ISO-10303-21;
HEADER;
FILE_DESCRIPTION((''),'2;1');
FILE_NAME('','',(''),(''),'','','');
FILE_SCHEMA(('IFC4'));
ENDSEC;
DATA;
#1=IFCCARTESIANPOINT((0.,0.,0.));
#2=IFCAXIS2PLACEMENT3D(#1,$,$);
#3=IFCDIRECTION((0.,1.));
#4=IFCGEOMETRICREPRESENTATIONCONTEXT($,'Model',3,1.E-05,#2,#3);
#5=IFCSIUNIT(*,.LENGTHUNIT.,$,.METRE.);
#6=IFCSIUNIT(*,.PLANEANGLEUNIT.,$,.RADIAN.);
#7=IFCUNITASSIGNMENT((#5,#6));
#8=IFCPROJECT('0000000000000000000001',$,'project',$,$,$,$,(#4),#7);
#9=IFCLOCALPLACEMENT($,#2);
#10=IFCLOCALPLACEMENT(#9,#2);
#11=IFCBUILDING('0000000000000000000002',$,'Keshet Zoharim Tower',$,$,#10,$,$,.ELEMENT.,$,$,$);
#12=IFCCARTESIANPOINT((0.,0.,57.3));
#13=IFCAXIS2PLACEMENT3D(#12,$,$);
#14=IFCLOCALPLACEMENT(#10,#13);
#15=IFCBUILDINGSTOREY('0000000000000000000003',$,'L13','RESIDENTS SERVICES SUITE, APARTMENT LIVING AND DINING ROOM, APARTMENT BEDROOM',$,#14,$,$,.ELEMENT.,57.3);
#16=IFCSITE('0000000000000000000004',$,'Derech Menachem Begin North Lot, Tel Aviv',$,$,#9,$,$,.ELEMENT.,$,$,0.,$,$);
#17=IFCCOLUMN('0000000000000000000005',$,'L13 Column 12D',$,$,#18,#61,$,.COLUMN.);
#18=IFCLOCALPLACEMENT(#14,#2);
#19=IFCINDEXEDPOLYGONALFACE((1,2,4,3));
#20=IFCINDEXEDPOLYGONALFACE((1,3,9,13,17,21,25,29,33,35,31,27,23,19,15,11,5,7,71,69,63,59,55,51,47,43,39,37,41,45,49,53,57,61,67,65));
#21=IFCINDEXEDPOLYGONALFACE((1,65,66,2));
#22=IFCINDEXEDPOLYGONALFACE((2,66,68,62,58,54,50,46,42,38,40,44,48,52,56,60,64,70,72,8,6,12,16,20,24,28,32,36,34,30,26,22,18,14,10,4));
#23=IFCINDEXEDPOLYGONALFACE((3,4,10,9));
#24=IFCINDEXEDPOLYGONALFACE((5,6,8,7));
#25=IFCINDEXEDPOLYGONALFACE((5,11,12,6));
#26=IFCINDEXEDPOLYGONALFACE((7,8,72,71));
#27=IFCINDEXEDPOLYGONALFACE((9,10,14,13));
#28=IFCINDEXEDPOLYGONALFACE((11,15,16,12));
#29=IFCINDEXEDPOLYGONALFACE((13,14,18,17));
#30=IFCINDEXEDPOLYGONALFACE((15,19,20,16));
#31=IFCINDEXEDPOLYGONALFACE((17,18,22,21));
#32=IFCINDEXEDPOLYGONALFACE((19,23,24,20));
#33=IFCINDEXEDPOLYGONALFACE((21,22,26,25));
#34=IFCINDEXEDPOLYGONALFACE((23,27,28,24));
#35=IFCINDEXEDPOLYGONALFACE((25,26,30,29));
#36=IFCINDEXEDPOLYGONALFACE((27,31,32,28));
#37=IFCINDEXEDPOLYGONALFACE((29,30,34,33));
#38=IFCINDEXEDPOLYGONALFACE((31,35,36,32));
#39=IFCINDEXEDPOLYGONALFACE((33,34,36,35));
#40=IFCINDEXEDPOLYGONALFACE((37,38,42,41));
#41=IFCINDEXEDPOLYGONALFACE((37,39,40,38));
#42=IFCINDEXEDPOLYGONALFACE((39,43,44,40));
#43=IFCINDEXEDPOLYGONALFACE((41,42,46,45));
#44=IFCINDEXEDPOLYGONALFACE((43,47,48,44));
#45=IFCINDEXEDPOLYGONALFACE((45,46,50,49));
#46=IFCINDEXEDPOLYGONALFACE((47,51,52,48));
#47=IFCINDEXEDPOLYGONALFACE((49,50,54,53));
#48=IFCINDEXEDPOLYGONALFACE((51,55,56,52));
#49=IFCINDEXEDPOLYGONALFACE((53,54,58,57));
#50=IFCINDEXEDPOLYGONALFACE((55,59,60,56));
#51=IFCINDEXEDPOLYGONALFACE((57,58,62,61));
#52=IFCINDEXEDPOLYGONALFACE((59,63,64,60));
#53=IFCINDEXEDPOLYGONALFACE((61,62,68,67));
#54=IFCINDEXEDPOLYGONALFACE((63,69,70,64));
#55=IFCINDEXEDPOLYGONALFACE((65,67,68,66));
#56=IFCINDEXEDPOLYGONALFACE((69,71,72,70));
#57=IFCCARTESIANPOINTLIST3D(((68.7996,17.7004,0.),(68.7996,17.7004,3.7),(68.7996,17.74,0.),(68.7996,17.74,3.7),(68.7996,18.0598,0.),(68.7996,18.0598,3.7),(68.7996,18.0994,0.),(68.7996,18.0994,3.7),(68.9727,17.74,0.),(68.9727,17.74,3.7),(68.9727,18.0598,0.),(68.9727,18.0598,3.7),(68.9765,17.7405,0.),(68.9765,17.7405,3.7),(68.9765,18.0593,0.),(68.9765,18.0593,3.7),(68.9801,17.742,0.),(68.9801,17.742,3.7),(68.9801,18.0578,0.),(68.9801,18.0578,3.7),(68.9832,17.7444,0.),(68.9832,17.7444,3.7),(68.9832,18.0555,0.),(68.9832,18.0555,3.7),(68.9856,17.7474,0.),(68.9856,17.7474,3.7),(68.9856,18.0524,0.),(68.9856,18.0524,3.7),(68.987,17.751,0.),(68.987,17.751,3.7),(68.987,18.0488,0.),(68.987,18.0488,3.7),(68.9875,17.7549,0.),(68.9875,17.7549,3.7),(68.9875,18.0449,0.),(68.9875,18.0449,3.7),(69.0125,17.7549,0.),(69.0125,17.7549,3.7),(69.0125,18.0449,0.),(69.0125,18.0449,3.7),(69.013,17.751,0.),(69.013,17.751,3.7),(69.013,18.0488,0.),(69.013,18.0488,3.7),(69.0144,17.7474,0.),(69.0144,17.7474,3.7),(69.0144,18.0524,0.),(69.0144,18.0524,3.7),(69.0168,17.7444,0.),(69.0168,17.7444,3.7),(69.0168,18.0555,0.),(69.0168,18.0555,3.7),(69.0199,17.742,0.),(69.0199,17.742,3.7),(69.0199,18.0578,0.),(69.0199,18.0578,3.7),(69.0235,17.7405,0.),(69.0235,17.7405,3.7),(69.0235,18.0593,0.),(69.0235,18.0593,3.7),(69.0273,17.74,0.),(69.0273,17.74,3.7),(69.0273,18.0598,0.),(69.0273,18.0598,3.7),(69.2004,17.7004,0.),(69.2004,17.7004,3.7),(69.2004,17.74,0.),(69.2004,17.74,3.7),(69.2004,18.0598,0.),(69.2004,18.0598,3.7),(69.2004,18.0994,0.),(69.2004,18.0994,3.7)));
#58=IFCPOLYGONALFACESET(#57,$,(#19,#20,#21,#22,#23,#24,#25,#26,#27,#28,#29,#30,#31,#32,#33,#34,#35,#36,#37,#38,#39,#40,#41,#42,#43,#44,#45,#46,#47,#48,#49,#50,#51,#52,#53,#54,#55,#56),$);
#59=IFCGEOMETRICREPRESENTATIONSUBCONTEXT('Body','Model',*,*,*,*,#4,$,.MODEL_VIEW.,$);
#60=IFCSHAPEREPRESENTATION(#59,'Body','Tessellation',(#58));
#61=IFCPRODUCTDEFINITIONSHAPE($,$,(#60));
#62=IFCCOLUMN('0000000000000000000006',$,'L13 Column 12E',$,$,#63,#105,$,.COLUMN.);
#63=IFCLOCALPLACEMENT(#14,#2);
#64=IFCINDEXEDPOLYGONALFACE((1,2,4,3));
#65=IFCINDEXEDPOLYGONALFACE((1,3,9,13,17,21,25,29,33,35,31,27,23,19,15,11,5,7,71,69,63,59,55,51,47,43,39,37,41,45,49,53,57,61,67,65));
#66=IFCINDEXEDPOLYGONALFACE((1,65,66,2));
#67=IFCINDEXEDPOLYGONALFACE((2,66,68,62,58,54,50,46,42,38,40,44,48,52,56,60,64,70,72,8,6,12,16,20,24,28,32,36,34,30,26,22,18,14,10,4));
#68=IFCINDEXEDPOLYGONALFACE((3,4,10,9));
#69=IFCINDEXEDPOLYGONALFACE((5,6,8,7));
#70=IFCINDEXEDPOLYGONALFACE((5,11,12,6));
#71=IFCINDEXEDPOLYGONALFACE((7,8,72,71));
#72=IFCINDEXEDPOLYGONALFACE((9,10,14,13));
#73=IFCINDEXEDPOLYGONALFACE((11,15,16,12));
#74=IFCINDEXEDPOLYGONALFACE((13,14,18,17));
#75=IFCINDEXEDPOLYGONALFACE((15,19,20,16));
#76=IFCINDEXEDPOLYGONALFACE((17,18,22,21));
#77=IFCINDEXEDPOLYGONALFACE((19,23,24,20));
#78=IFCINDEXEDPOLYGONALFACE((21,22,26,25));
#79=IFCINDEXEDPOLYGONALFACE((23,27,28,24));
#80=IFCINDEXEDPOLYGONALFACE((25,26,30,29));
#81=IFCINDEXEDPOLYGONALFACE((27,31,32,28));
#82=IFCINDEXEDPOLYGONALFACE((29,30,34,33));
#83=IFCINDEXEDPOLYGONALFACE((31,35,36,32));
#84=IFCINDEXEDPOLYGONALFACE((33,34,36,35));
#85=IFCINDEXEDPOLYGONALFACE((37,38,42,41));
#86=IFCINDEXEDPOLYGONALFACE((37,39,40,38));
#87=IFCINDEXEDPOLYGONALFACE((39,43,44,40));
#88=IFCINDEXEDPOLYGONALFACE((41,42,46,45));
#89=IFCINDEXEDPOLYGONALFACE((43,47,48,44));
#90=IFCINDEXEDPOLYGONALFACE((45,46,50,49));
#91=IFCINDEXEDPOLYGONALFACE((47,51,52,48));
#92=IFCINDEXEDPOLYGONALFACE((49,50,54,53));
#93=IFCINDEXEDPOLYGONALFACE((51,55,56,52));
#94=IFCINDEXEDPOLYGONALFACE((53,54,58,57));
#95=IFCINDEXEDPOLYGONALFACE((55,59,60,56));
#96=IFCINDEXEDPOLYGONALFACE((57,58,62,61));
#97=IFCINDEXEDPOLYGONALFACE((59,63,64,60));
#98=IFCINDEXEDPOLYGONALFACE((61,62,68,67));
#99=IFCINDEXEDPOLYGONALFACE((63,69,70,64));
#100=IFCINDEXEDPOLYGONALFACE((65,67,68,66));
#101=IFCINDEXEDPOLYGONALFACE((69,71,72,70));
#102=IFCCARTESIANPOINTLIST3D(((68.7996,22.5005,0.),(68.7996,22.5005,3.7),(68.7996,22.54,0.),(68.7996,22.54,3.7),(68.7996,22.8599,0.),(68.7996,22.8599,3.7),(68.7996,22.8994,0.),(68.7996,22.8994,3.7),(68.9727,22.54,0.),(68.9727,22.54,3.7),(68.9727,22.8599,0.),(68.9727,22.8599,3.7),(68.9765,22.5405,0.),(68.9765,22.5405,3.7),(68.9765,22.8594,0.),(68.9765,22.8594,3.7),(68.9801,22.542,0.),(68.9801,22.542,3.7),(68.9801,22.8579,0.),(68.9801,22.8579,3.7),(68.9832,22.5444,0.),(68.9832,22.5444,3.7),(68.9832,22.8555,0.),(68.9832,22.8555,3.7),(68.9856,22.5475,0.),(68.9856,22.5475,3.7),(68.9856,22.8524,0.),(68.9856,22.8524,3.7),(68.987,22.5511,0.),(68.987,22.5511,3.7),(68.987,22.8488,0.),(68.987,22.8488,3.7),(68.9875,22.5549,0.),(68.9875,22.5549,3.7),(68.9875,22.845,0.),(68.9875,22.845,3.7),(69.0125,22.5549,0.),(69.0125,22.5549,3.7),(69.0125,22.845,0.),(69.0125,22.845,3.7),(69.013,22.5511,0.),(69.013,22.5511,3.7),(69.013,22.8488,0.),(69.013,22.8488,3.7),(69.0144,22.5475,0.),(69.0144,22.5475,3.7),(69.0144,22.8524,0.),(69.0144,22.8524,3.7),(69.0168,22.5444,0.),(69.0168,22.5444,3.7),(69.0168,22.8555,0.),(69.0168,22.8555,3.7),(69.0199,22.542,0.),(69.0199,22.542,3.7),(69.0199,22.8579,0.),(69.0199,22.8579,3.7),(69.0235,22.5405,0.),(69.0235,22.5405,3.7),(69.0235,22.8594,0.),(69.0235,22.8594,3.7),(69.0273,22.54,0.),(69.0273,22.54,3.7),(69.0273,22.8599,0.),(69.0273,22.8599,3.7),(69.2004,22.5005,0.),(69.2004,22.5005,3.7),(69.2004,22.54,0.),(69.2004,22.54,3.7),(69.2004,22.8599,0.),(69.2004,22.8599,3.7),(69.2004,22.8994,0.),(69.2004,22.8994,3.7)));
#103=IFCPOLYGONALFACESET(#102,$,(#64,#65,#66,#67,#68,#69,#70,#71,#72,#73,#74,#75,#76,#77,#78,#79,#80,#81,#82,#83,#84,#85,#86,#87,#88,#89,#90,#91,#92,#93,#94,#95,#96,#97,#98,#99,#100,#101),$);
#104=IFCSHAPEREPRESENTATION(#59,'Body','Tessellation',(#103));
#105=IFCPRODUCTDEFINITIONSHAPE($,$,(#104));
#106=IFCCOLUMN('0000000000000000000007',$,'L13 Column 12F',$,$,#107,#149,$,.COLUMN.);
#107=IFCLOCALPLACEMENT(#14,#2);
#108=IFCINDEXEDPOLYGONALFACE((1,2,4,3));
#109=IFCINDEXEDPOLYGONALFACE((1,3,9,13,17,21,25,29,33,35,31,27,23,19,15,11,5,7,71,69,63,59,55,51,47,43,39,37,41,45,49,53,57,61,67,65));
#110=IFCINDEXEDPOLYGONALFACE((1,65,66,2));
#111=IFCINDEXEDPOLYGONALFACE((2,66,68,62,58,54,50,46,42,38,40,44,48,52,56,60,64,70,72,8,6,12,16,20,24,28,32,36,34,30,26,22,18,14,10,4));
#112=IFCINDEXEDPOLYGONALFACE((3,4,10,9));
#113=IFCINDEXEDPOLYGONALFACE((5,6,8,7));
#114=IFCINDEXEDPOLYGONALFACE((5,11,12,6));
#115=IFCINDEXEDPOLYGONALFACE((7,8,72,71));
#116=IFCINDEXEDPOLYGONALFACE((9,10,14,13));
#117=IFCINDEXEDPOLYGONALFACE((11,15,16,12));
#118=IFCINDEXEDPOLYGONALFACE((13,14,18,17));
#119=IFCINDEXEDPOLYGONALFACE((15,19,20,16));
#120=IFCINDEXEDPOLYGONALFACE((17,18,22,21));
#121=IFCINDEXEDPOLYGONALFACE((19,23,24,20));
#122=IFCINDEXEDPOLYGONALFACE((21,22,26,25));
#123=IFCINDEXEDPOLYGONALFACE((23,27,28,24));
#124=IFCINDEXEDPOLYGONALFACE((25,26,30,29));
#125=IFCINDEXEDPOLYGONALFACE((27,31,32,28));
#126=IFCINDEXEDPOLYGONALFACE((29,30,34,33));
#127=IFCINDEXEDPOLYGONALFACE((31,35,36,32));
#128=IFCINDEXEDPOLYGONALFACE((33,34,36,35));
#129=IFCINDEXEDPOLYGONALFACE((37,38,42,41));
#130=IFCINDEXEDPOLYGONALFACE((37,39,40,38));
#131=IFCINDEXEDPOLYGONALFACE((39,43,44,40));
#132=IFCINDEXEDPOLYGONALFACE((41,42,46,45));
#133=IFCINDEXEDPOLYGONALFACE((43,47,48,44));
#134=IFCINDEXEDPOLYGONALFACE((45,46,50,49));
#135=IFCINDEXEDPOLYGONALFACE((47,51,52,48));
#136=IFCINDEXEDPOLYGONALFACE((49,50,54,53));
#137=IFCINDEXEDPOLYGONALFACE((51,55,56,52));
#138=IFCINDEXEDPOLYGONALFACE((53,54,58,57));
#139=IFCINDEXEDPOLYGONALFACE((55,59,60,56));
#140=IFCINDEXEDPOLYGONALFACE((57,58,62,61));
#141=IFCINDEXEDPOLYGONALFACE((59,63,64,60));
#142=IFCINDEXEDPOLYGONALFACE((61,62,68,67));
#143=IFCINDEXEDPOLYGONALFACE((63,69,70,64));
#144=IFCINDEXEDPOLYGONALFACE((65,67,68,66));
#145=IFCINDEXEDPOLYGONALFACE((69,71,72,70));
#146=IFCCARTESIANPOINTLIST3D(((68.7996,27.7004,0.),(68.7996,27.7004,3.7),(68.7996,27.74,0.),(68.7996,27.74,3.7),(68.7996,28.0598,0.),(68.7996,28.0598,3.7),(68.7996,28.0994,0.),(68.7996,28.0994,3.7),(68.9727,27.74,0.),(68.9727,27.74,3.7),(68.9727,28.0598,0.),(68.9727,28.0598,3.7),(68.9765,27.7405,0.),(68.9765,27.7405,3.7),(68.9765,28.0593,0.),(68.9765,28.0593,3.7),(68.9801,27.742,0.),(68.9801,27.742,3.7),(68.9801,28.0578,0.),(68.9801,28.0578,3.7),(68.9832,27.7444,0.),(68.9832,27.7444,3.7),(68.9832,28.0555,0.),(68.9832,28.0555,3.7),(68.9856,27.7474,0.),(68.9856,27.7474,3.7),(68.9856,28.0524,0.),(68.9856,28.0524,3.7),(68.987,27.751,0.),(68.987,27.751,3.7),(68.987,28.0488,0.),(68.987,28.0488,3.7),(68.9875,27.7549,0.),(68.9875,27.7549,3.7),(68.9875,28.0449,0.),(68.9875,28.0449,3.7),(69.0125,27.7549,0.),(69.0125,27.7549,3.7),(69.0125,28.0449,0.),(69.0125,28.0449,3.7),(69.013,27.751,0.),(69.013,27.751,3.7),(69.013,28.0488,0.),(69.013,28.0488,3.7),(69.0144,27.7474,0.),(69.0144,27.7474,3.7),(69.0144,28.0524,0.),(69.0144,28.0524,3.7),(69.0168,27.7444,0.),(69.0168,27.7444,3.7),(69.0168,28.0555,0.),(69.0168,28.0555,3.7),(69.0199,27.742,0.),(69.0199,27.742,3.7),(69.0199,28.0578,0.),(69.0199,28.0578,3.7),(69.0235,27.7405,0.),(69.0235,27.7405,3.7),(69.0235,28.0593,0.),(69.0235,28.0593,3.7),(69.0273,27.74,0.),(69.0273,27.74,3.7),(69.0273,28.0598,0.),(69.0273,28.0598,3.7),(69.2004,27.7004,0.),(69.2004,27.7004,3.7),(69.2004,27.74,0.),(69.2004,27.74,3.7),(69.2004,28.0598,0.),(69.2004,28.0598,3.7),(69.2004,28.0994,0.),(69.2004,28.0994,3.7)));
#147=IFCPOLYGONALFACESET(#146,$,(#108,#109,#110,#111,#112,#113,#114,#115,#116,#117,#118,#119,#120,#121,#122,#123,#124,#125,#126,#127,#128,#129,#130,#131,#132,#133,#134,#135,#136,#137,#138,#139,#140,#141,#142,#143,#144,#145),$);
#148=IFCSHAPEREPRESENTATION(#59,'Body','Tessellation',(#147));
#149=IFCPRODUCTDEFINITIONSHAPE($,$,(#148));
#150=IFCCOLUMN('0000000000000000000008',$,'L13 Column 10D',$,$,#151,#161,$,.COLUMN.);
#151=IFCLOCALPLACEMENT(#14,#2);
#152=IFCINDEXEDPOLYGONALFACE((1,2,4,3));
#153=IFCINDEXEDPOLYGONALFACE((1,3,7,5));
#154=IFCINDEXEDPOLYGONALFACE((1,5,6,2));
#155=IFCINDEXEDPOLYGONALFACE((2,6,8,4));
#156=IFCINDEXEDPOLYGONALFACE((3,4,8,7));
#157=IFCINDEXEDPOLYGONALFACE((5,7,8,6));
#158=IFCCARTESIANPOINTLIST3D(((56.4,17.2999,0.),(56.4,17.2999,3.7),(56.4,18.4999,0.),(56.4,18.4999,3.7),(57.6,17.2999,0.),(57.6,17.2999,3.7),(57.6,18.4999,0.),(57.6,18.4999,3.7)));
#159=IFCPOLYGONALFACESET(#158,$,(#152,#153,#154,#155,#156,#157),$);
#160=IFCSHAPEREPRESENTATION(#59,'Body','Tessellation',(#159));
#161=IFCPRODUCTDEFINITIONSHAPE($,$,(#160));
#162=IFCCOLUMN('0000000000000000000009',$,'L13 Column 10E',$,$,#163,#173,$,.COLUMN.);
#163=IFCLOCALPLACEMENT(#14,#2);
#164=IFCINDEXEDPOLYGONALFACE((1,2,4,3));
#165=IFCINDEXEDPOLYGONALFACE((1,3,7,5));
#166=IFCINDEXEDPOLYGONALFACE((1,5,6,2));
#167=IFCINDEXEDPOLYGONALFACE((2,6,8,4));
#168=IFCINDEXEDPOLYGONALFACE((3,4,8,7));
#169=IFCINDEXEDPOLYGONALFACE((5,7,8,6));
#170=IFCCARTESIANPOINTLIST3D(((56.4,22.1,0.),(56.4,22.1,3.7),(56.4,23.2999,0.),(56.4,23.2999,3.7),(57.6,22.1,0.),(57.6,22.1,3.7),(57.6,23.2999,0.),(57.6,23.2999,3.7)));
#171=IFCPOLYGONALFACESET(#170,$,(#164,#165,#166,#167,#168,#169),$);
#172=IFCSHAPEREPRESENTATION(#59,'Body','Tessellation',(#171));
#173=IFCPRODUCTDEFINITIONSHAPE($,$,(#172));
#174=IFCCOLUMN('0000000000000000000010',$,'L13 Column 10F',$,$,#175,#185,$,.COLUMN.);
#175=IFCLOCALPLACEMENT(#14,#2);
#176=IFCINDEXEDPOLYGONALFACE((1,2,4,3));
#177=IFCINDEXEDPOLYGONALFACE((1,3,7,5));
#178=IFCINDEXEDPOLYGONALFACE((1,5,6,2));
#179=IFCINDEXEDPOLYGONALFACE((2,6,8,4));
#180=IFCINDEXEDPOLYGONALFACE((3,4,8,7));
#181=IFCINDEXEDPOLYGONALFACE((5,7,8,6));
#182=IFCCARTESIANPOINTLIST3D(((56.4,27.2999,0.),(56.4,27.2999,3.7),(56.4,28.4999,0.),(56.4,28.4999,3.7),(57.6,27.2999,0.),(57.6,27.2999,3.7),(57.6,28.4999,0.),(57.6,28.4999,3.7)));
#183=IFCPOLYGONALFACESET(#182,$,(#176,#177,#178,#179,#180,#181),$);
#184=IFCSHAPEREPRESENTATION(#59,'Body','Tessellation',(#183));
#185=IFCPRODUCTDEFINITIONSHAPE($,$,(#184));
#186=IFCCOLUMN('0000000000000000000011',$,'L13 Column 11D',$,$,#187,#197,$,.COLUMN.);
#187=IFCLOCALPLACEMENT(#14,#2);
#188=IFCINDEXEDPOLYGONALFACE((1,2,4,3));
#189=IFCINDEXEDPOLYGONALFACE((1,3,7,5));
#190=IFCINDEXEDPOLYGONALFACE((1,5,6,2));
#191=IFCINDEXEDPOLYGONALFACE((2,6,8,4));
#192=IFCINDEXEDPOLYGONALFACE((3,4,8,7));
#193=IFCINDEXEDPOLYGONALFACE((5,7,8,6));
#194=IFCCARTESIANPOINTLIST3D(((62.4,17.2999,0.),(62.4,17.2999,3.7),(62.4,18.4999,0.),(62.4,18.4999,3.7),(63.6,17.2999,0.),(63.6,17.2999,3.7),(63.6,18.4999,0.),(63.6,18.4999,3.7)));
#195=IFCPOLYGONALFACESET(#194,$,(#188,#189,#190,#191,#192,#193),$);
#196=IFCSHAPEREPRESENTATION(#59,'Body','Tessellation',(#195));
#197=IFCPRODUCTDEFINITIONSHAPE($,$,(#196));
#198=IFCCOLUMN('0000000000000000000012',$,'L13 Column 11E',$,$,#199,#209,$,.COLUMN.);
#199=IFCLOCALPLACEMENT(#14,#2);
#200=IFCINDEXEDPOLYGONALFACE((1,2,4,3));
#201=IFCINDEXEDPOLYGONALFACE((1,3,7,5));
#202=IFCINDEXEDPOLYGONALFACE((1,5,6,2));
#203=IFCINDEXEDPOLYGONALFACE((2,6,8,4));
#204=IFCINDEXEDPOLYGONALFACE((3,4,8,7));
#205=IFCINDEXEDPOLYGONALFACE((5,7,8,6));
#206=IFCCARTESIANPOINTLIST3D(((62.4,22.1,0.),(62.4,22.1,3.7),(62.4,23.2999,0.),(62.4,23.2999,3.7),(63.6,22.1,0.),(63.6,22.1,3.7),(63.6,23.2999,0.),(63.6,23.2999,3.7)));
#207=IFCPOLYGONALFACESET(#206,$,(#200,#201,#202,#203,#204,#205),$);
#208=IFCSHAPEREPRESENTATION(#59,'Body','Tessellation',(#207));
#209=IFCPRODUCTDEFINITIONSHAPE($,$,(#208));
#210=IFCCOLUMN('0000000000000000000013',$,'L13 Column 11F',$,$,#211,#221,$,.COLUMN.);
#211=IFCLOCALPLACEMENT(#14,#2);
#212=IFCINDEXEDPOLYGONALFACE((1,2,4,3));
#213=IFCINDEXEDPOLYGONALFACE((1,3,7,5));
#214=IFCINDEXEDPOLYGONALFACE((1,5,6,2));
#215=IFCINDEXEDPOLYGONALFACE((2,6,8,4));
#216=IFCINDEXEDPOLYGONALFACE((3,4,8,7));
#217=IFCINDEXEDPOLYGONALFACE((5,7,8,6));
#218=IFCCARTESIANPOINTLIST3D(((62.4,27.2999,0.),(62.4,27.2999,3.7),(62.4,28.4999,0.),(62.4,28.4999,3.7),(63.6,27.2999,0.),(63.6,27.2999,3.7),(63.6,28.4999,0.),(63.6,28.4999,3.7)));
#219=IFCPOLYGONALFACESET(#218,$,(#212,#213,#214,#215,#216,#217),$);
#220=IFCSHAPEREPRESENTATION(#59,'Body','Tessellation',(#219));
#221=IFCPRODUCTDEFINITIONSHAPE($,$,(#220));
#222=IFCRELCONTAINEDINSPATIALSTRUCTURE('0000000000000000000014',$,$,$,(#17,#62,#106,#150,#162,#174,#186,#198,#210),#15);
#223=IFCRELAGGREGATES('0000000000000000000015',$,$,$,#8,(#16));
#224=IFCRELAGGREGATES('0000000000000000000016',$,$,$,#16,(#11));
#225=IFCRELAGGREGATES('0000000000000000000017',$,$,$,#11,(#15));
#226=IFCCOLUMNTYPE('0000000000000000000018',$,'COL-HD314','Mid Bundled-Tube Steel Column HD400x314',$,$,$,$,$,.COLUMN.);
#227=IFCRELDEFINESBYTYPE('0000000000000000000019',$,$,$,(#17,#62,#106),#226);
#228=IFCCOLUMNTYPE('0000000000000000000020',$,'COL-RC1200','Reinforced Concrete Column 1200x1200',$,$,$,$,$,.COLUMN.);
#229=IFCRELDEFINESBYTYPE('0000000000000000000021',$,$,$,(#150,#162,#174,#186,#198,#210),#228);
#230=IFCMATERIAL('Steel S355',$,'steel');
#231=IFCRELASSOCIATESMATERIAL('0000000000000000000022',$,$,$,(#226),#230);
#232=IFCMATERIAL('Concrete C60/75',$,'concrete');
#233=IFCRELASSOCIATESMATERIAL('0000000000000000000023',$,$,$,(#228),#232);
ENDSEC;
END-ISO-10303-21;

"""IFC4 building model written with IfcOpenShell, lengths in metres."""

from ifc_helpers import new_model, si_unit, direction, frame, origin, origin_2d, place, context, subcontext, project, spatial, rectangle, i_section, extrude, material, material_profile, profile_set, type_object, element, save


model = new_model("IFC4")

# Units and contexts
model_context = context("Model", 3, precision=1e-05, world=origin(), true_north=direction((0.0, 1.0)))
body_context = subcontext(model_context, "Body", "Model", "MODEL_VIEW")
ifc_project = project(units=[si_unit("LENGTHUNIT", "METRE"), si_unit("PLANEANGLEUNIT", "RADIAN")], contexts=[model_context])

# Site, building, storey
site_placement = place(None, origin())
site = spatial("IfcSite", under=ifc_project, at=site_placement, Name="Derech Menachem Begin North Lot, Tel Aviv", CompositionType="ELEMENT", RefElevation=0.0)
building_placement = place(site_placement, origin())
building = spatial("IfcBuilding", under=site, at=building_placement, Name="Keshet Zoharim Tower", CompositionType="ELEMENT")
storey_placement = place(building_placement, frame((0.0, 0.0, 57.3)))
storey = spatial("IfcBuildingStorey", under=building, at=storey_placement, Name="L13", Description="RESIDENTS SERVICES SUITE, APARTMENT LIVING AND DINING ROOM, APARTMENT BEDROOM", CompositionType="ELEMENT", Elevation=57.3)

# Columns
ifc_material_1 = material(Name="Steel S355", Category="steel")
ifc_material_profile_1 = material_profile(ifc_material_1, i_section(OverallWidth=0.4009, OverallDepth=0.3989, WebThickness=0.0249, FlangeThickness=0.0396, FilletRadius=0.0149, at=origin_2d()), Name="HD400x314")
ifc_profile_set_1 = profile_set([ifc_material_profile_1], Name="Steel S355")
column_type_1 = type_object("IfcColumnType", Name="COL-HD314", Description="Mid Bundled-Tube Steel Column HD400x314", PredefinedType="COLUMN", material=ifc_profile_set_1)
for number, where, z_axis, x_axis, name in (
    (1, (69.0, 17.8999, 0.0), (0.0, 0.0, 1.0), (1.0, 0.0, 0.0), "L13 Column 12D"),
    (2, (69.0, 22.7, 0.0), (0.0, 0.0, 1.0), (1.0, 0.0, 0.0), "L13 Column 12E"),
    (3, (69.0, 27.8999, 0.0), (0.0, 0.0, 1.0), (1.0, 0.0, 0.0), "L13 Column 12F"),
):
    element("IfcColumn", number, at=place(storey_placement, frame(where, z_axis=z_axis, x_axis=x_axis)), inside=storey, type_object=column_type_1, Name=name, PredefinedType="COLUMN", context=body_context, shape_type="SweptSolid", body=[
        extrude(i_section(OverallWidth=0.4009, OverallDepth=0.3989, WebThickness=0.0249, FlangeThickness=0.0396, FilletRadius=0.0149, at=origin_2d()), origin(), (0.0, 0.0, 1.0), 3.7),
    ])
ifc_material_2 = material(Name="Concrete C60/75", Category="concrete")
ifc_material_profile_2 = material_profile(ifc_material_2, rectangle(XDim=1.2, YDim=1.2, at=origin_2d()), Name="RC1200x1200")
ifc_profile_set_2 = profile_set([ifc_material_profile_2], Name="Concrete C60/75")
column_type_2 = type_object("IfcColumnType", Name="COL-RC1200", Description="Reinforced Concrete Column 1200x1200", PredefinedType="COLUMN", material=ifc_profile_set_2)
for number, where, z_axis, x_axis, name in (
    (4, (57.0, 17.8999, 0.0), (0.0, 0.0, 1.0), (1.0, 0.0, 0.0), "L13 Column 10D"),
    (5, (57.0, 22.7, 0.0), (0.0, 0.0, 1.0), (1.0, 0.0, 0.0), "L13 Column 10E"),
    (6, (57.0, 27.8999, 0.0), (0.0, 0.0, 1.0), (1.0, 0.0, 0.0), "L13 Column 10F"),
    (7, (63.0, 17.8999, 0.0), (0.0, 0.0, 1.0), (1.0, 0.0, 0.0), "L13 Column 11D"),
    (8, (63.0, 22.7, 0.0), (0.0, 0.0, 1.0), (1.0, 0.0, 0.0), "L13 Column 11E"),
    (9, (63.0, 27.8999, 0.0), (0.0, 0.0, 1.0), (1.0, 0.0, 0.0), "L13 Column 11F"),
):
    element("IfcColumn", number, at=place(storey_placement, frame(where, z_axis=z_axis, x_axis=x_axis)), inside=storey, type_object=column_type_2, Name=name, PredefinedType="COLUMN", context=body_context, shape_type="SweptSolid", body=[
        extrude(rectangle(XDim=1.2, YDim=1.2, at=origin_2d()), origin(), (0.0, 0.0, 1.0), 3.7),
    ])

save(model, "model.ifc")
